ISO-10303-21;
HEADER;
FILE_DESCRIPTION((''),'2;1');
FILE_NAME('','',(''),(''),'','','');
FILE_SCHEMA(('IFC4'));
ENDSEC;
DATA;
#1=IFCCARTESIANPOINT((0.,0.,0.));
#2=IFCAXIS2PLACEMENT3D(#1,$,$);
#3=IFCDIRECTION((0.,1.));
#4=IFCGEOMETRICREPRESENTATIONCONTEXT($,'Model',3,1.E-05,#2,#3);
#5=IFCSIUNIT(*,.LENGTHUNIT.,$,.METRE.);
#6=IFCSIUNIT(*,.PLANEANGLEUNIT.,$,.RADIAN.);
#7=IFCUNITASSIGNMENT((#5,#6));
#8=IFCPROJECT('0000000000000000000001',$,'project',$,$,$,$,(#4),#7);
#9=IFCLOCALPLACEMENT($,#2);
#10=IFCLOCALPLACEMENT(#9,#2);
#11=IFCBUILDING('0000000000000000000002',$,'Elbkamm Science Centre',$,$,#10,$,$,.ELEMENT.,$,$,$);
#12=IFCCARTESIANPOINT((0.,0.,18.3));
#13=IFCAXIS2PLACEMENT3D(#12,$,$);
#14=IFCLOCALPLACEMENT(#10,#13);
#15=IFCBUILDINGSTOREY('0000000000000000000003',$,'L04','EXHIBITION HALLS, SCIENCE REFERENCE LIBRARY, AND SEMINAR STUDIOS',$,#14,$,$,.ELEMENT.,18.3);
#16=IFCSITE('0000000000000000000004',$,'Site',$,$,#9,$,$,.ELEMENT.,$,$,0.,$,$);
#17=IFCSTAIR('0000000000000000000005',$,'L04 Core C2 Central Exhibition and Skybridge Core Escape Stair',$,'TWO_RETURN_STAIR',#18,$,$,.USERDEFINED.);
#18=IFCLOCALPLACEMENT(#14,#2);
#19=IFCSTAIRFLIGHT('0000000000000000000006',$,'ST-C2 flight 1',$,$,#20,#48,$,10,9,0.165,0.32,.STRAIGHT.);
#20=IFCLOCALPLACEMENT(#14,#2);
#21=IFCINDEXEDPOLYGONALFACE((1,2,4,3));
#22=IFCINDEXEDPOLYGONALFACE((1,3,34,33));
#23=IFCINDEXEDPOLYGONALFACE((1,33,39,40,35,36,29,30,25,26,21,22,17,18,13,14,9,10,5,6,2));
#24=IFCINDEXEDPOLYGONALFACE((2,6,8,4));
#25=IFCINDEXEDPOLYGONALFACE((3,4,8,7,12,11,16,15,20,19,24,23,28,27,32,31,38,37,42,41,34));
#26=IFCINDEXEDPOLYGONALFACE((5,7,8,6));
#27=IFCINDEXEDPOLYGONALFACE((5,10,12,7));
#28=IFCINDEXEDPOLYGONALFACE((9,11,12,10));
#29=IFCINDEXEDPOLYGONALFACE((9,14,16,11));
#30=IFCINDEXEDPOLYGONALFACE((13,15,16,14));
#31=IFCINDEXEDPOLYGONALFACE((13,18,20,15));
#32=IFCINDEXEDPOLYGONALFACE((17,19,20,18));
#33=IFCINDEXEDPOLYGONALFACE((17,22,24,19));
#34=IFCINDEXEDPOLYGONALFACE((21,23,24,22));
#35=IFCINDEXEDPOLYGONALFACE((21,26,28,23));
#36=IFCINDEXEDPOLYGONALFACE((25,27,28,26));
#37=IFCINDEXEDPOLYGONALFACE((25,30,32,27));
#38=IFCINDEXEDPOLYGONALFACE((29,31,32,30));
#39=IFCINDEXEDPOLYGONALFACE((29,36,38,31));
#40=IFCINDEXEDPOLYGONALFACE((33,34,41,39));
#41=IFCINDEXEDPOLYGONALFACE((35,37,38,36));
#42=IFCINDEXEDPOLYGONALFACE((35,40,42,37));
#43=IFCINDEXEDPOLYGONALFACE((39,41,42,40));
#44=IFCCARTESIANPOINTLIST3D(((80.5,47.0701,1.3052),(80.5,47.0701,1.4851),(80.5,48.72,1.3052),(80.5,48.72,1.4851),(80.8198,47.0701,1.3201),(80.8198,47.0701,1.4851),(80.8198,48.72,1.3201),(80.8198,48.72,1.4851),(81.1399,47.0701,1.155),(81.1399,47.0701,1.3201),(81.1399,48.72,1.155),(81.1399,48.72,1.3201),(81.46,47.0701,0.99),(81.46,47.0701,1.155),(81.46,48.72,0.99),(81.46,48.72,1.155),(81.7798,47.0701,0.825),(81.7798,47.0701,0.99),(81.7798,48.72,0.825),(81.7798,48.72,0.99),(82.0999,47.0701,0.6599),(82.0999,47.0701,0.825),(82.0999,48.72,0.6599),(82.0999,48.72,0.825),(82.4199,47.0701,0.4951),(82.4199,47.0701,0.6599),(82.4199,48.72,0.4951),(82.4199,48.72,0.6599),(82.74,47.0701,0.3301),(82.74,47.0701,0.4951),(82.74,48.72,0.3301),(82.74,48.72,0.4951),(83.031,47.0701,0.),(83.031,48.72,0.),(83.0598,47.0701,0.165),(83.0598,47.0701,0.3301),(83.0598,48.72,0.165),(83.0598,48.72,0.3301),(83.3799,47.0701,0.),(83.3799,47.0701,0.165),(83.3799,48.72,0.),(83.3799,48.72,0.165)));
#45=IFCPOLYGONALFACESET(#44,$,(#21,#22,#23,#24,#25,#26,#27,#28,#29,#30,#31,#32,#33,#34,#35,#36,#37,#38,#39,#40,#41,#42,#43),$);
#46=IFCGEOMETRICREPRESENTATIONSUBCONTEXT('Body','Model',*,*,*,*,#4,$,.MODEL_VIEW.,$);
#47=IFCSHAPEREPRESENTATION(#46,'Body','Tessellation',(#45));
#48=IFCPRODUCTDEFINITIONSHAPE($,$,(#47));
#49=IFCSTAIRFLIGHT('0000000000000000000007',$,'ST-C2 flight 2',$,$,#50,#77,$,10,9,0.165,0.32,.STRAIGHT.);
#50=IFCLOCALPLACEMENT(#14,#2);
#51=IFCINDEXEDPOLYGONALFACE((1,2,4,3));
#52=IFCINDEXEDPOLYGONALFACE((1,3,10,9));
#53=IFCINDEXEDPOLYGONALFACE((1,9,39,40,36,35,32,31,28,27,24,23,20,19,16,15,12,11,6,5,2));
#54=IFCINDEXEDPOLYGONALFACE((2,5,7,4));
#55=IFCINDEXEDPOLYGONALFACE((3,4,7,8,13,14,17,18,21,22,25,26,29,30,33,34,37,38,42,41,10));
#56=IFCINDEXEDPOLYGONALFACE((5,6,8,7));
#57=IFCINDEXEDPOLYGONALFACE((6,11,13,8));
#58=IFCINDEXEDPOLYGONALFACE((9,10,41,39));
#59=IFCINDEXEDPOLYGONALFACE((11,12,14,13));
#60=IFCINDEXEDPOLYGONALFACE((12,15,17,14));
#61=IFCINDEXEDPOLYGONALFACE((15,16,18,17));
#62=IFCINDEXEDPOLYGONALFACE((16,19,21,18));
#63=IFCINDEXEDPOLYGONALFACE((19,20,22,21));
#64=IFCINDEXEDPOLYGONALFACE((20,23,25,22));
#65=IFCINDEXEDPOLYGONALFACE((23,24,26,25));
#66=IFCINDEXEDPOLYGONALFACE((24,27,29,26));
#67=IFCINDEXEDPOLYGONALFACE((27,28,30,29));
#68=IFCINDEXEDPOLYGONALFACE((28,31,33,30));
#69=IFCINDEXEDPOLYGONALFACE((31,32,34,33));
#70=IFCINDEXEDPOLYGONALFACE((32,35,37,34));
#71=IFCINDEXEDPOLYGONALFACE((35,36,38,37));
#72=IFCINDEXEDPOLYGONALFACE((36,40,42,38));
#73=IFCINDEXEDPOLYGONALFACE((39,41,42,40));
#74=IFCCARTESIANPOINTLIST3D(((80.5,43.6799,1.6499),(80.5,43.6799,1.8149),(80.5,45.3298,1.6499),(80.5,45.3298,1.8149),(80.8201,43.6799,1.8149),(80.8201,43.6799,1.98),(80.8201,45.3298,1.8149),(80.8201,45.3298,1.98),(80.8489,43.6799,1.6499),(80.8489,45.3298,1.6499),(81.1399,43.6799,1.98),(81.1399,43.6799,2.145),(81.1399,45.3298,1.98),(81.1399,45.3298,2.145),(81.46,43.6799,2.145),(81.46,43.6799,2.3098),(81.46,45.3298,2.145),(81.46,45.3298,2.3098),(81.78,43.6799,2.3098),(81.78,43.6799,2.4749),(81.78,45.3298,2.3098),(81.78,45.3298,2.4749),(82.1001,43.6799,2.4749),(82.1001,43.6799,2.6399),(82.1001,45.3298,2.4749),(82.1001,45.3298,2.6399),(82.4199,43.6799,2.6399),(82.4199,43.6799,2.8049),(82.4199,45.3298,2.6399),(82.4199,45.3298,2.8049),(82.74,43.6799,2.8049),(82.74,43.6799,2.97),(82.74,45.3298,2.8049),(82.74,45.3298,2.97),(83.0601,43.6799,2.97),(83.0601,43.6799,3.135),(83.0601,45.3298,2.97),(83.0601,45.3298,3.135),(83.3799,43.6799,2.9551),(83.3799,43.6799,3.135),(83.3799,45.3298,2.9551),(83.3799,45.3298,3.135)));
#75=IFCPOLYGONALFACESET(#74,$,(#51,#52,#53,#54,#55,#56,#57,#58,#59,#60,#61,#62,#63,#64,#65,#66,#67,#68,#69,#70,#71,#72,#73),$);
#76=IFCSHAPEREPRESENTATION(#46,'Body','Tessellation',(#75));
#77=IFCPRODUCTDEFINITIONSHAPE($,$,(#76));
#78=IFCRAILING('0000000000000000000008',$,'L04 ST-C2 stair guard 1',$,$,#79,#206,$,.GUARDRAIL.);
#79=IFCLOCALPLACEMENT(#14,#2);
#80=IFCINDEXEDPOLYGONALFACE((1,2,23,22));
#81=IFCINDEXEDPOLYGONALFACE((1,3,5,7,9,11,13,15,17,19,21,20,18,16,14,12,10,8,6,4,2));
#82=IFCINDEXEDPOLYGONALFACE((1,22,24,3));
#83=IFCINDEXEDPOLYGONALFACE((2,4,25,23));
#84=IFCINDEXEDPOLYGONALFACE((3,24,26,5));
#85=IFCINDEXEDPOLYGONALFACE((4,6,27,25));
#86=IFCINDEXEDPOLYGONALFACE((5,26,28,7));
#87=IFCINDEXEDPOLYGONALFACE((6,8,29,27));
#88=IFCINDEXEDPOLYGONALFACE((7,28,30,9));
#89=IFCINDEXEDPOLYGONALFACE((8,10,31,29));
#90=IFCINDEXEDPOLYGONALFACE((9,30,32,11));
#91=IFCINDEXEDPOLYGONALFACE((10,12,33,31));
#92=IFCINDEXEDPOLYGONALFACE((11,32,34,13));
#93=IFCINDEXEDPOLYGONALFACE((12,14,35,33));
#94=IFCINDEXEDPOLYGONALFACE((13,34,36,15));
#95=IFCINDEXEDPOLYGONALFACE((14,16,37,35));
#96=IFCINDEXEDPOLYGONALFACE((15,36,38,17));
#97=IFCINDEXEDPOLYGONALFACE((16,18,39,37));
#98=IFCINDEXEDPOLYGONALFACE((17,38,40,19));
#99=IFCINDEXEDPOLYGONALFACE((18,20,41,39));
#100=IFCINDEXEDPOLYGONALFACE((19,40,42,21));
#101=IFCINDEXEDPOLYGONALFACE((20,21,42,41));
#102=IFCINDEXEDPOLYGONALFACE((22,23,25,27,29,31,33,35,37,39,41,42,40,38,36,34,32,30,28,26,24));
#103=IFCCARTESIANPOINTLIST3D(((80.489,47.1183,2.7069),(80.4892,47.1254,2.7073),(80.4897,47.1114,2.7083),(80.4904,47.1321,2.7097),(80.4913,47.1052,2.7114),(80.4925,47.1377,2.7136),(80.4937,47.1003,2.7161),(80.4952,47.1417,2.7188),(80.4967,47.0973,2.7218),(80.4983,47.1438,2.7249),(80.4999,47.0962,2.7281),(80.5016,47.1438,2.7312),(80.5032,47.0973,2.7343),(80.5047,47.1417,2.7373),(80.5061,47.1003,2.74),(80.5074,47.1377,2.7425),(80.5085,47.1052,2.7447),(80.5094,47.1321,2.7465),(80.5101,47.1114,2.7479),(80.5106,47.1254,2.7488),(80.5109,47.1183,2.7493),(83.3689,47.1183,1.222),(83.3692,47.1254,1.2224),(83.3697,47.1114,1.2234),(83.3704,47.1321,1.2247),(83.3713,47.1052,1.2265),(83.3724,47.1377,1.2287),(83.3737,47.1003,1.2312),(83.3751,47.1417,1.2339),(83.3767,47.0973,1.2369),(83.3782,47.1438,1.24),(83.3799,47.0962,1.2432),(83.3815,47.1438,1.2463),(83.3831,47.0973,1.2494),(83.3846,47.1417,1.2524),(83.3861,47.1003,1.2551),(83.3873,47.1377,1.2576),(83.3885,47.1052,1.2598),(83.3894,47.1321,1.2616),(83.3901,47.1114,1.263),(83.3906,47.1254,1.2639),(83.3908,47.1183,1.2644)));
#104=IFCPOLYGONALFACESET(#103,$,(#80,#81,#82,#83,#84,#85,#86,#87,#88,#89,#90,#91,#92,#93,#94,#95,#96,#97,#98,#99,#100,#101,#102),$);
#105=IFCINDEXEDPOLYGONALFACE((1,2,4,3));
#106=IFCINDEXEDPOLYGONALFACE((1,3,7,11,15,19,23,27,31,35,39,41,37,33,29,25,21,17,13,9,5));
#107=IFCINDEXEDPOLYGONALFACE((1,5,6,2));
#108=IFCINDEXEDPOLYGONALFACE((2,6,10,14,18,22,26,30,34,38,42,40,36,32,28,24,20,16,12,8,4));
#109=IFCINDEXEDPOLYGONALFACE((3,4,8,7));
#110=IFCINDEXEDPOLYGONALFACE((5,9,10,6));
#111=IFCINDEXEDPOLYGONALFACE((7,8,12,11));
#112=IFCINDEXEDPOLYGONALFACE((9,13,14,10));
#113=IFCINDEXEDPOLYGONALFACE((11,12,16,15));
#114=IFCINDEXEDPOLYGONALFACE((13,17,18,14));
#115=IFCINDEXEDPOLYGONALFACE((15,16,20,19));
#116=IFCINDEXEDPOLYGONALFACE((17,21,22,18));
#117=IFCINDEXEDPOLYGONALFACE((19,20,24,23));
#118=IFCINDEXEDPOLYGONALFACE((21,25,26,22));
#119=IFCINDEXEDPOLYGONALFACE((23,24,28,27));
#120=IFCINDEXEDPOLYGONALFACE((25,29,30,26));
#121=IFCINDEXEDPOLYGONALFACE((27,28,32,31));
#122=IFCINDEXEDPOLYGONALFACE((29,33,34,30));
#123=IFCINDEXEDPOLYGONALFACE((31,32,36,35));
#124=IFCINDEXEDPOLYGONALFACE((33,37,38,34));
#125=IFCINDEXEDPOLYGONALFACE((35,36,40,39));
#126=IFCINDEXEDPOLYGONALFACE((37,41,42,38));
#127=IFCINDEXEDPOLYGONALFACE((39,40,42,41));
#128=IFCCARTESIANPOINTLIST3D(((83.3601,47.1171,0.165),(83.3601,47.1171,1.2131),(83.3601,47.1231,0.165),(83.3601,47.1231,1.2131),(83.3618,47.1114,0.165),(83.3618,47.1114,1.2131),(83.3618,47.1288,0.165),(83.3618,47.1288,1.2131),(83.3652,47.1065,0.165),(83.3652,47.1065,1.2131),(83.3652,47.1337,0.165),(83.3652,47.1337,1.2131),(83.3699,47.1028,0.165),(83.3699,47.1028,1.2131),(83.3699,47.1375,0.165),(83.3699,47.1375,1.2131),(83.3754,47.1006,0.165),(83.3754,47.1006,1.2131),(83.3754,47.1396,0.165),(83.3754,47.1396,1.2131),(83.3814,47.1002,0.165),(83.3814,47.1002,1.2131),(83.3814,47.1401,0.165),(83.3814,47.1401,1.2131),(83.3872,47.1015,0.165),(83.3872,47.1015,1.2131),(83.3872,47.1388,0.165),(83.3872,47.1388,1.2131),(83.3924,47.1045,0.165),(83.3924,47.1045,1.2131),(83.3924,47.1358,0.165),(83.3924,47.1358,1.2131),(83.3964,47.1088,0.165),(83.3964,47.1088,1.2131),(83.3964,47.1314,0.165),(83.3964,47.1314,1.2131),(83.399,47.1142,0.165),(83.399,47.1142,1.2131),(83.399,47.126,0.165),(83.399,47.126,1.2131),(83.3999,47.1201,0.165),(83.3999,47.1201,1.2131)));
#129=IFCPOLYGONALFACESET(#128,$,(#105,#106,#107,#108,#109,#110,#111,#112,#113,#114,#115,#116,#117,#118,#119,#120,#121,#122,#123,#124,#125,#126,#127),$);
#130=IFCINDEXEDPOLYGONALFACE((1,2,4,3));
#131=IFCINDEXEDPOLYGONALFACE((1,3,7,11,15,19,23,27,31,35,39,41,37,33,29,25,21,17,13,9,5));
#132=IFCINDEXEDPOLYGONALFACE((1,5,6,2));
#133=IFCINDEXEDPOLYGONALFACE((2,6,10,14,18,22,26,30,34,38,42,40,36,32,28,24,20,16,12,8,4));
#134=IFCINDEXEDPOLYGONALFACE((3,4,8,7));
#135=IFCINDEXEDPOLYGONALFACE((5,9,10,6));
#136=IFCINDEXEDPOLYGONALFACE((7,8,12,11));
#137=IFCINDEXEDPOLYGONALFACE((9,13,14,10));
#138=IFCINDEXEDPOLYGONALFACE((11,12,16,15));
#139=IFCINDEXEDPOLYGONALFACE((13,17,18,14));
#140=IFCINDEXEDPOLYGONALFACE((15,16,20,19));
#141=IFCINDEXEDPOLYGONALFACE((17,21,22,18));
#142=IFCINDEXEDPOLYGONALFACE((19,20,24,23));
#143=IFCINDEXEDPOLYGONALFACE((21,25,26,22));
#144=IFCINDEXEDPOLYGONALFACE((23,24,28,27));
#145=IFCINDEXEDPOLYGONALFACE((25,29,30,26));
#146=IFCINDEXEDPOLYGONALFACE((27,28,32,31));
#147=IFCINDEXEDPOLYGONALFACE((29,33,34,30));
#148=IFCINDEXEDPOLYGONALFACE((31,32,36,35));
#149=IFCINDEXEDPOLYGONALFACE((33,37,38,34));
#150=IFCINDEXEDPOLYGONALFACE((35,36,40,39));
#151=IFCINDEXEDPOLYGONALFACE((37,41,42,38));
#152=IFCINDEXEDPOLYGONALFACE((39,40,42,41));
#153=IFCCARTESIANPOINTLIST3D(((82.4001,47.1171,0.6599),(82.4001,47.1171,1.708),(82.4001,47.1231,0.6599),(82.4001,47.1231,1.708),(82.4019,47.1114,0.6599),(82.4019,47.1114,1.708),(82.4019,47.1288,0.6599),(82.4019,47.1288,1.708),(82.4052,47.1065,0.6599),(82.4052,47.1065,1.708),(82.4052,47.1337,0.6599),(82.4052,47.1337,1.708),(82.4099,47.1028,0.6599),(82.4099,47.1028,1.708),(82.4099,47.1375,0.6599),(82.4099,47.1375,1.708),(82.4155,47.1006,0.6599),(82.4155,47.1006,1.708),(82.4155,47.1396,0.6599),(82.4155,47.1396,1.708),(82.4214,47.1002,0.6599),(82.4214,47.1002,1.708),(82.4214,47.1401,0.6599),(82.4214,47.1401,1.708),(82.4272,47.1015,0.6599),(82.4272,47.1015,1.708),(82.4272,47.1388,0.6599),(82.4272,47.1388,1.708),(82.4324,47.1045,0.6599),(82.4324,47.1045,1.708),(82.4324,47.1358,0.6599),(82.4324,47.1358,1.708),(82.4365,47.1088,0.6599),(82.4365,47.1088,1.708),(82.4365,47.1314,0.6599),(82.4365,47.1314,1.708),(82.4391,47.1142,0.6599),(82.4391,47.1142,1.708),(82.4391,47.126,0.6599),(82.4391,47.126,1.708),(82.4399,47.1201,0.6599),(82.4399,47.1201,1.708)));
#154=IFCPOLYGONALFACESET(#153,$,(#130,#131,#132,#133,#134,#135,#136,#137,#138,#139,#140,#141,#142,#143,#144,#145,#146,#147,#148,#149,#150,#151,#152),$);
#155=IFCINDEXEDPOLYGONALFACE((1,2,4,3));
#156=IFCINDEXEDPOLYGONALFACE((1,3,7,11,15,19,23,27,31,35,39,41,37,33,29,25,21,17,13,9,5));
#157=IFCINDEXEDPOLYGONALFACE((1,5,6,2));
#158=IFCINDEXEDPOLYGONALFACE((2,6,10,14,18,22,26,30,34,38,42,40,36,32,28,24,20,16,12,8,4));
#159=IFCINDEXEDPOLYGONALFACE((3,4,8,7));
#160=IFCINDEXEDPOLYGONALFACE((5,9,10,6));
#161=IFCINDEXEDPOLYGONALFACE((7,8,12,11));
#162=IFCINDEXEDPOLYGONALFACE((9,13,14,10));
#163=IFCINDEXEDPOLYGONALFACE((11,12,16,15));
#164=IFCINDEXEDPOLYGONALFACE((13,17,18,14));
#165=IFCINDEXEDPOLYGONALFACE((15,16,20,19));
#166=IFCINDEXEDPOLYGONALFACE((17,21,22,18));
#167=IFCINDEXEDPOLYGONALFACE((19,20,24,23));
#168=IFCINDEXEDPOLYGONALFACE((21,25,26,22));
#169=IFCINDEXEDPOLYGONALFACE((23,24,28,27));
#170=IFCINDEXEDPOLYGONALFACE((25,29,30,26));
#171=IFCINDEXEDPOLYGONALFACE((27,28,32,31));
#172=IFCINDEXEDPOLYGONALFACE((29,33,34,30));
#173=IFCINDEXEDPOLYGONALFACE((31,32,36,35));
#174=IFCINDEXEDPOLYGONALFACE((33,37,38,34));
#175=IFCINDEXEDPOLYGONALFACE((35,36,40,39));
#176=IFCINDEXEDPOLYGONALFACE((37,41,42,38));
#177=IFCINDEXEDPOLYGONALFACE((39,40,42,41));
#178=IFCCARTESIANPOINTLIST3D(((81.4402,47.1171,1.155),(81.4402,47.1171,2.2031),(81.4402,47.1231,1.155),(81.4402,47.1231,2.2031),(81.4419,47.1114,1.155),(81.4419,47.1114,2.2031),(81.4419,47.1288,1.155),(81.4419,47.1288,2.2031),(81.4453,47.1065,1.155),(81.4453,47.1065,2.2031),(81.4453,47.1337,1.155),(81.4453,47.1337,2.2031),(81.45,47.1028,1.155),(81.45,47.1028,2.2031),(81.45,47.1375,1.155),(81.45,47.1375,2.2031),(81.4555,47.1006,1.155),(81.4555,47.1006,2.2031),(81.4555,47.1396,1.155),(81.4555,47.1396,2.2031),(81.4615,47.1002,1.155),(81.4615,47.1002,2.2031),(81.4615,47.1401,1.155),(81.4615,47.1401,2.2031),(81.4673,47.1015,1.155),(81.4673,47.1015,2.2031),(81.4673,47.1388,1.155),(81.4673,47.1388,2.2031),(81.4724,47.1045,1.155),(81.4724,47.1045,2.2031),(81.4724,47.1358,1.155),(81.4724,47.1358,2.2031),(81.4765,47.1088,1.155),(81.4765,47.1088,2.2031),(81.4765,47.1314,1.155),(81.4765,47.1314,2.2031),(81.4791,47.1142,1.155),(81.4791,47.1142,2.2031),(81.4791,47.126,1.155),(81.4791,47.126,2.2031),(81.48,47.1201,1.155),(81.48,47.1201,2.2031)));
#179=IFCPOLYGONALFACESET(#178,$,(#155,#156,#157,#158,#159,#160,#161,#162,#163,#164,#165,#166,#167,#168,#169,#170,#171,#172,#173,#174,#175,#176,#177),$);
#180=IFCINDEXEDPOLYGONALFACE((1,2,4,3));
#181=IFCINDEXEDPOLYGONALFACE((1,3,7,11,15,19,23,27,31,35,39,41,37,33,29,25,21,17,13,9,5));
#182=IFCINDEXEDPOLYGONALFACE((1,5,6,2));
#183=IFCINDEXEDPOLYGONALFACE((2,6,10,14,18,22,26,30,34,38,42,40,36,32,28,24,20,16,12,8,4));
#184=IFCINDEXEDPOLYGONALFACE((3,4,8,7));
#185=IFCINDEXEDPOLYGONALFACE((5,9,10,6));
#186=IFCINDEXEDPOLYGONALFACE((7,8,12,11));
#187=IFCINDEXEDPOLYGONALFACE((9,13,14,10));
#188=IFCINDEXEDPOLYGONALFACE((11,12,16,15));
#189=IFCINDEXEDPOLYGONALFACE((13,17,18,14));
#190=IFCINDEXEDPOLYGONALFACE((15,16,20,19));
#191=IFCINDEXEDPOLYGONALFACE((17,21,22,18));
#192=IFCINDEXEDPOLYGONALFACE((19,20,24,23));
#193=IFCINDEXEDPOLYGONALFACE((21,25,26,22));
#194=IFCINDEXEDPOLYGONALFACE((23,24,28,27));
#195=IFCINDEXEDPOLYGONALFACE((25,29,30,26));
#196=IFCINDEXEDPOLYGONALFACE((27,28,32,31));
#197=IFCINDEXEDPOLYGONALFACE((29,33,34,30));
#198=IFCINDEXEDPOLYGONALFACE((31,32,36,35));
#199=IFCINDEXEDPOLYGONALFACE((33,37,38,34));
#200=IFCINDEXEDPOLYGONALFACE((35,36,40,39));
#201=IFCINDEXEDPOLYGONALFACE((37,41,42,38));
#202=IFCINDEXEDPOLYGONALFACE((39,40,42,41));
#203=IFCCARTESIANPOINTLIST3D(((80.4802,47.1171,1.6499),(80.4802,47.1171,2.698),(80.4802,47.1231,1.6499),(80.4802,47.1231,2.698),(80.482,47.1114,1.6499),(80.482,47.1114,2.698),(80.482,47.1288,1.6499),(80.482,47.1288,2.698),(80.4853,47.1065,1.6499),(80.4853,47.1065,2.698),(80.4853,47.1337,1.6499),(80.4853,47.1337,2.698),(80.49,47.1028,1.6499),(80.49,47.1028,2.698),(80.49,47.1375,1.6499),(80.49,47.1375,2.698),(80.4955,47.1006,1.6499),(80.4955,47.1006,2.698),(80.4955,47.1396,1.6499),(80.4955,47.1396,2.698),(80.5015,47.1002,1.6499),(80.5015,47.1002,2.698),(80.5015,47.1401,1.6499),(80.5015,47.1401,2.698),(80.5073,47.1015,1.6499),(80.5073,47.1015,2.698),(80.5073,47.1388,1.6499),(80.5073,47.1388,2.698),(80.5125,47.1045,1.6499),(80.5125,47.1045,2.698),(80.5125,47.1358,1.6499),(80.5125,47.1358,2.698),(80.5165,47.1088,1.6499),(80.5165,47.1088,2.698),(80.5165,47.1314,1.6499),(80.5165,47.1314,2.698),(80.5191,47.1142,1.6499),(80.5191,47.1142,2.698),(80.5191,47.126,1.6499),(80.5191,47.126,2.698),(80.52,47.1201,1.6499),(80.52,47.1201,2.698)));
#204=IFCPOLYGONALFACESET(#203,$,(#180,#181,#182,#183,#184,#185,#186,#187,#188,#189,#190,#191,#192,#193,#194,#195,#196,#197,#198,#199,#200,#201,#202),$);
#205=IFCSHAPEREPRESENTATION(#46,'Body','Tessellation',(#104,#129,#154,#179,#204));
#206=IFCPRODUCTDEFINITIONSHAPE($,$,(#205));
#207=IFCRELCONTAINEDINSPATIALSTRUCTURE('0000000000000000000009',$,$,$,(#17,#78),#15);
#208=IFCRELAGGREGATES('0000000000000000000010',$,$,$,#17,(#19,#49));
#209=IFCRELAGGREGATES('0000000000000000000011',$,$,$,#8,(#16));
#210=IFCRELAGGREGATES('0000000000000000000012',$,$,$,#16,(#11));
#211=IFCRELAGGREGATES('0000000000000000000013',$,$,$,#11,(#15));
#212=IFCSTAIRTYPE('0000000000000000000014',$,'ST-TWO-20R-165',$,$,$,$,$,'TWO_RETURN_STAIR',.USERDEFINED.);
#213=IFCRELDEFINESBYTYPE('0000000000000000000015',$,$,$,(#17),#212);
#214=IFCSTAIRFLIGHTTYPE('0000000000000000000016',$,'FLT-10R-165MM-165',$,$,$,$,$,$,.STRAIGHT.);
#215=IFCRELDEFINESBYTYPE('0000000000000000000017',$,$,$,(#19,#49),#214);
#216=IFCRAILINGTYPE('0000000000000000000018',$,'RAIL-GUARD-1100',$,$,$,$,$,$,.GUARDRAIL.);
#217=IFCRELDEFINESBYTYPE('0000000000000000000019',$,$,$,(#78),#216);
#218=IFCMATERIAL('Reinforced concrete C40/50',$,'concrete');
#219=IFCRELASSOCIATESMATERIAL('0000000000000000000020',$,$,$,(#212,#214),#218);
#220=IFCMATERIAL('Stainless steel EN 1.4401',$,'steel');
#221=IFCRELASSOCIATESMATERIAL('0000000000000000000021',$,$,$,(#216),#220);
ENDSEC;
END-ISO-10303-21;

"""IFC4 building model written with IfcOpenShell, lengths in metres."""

from ifc_helpers import new_model, si_unit, direction, frame, origin, origin_2d, place, context, subcontext, project, spatial, polyline, circle, outline, extrude, material, type_object, element, aggregate, save


model = new_model("IFC4")

# Units and contexts
model_context = context("Model", 3, precision=1e-05, world=origin(), true_north=direction((0.0, 1.0)))
body_context = subcontext(model_context, "Body", "Model", "MODEL_VIEW")
ifc_project = project(units=[si_unit("LENGTHUNIT", "METRE"), si_unit("PLANEANGLEUNIT", "RADIAN")], contexts=[model_context])

# Site, building, storey
site_placement = place(None, origin())
site = spatial("IfcSite", under=ifc_project, at=site_placement, Name="Site", CompositionType="ELEMENT", RefElevation=0.0)
building_placement = place(site_placement, origin())
building = spatial("IfcBuilding", under=site, at=building_placement, Name="Elbkamm Science Centre", CompositionType="ELEMENT")
storey_placement = place(building_placement, frame((0.0, 0.0, 18.3)))
storey = spatial("IfcBuildingStorey", under=building, at=storey_placement, Name="L04", Description="EXHIBITION HALLS, SCIENCE REFERENCE LIBRARY, AND SEMINAR STUDIOS", CompositionType="ELEMENT", Elevation=18.3)

# Shared definitions
ifc_material_1 = material(Name="Reinforced concrete C40/50", Category="concrete")

# Stair, stair flights
stair_type = type_object("IfcStairType", Name="ST-TWO-20R-165", ElementType="TWO_RETURN_STAIR", PredefinedType="USERDEFINED", material=ifc_material_1)
stair_placement = place(storey_placement, origin())
stair = element("IfcStair", 1, at=stair_placement, inside=storey, type_object=stair_type, Name="L04 Core C2 Central Exhibition and Skybridge Core Escape Stair", ObjectType="TWO_RETURN_STAIR", PredefinedType="USERDEFINED")
stair_flight_type = type_object("IfcStairFlightType", Name="FLT-10R-165MM-165", PredefinedType="STRAIGHT", material=ifc_material_1)
stair_flight_1_placement = place(storey_placement, frame((83.3799, 47.895, 0.0), z_axis=(0.0, 0.0, 1.0), x_axis=(-1.0, 0.0, 0.0)))
stair_flight_1 = element("IfcStairFlight", 2, at=stair_flight_1_placement, type_object=stair_flight_type, Name="ST-C2 flight 1", NumberOfRisers=10, NumberOfTreads=9, PredefinedType="STRAIGHT", RiserHeight=0.165, TreadLength=0.32, context=body_context, shape_type="SweptSolid", body=[
    extrude(outline(polyline([(0.0, 0.0), (0.0, 0.165), (0.3201, 0.165), (0.3201, 0.3301), (0.6399, 0.3301), (0.6399, 0.4951), (0.96, 0.4951), (0.96, 0.6599), (1.28, 0.6599), (1.28, 0.825), (1.6001, 0.825), (1.6001, 0.99), (1.9199, 0.99), (1.9199, 1.155), (2.24, 1.155), (2.24, 1.3201), (2.5601, 1.3201), (2.5601, 1.4851), (2.8799, 1.4851), (2.8799, 1.6499), (2.8799, 1.3052), (0.3489, 0.0), (0.0, 0.0)])), frame((0.0, 0.825, 0.0), z_axis=(0.0, -1.0, 0.0), x_axis=(1.0, 0.0, 0.0)), (0.0, 0.0, 1.0), 1.6499),
])
stair_flight_2_placement = place(storey_placement, frame((80.5, 44.5049, 1.6499), z_axis=(0.0, 0.0, 1.0), x_axis=(1.0, 0.0, 0.0)))
stair_flight_2 = element("IfcStairFlight", 3, at=stair_flight_2_placement, type_object=stair_flight_type, Name="ST-C2 flight 2", NumberOfRisers=10, NumberOfTreads=9, PredefinedType="STRAIGHT", RiserHeight=0.165, TreadLength=0.32, context=body_context, shape_type="SweptSolid", body=[
    extrude(outline(polyline([(0.0, 0.0), (0.0, 0.165), (0.3201, 0.165), (0.3201, 0.3301), (0.6399, 0.3301), (0.6399, 0.4951), (0.96, 0.4951), (0.96, 0.6599), (1.28, 0.6599), (1.28, 0.825), (1.6001, 0.825), (1.6001, 0.99), (1.9199, 0.99), (1.9199, 1.155), (2.24, 1.155), (2.24, 1.3201), (2.5601, 1.3201), (2.5601, 1.4851), (2.8799, 1.4851), (2.8799, 1.6499), (2.8799, 1.3052), (0.3489, 0.0), (0.0, 0.0)])), frame((0.0, 0.825, 0.0), z_axis=(0.0, -1.0, 0.0), x_axis=(1.0, 0.0, 0.0)), (0.0, 0.0, 1.0), 1.6499),
])
aggregate(stair, [stair_flight_1, stair_flight_2])

# Railing
ifc_material_2 = material(Name="Stainless steel EN 1.4401", Category="steel")
railing_type_1 = type_object("IfcRailingType", Name="RAIL-GUARD-1100", PredefinedType="GUARDRAIL", material=ifc_material_2)
railing_1_placement = place(storey_placement, frame((83.3799, 47.1201, 0.165)))
element("IfcRailing", 4, at=railing_1_placement, inside=storey, type_object=railing_type_1, Name="L04 ST-C2 stair guard 1", PredefinedType="GUARDRAIL", context=body_context, shape_type="SweptSolid", body=[
    extrude(circle(Radius=0.0239, at=origin_2d()), frame((0.0, 0.0, 1.0781), z_axis=(-0.888813, 0.0, 0.458271), x_axis=(0.0, -1.0, 0.0)), (0.0, 0.0, 1.0), 3.2402),
    extrude(circle(Radius=0.02, at=origin_2d()), origin(), (0.0, 0.0, 1.0), 1.0481),
    extrude(circle(Radius=0.02, at=origin_2d()), frame((-0.96, 0.0, 0.4949)), (0.0, 0.0, 1.0), 1.0481),
    extrude(circle(Radius=0.02, at=origin_2d()), frame((-1.9199, 0.0, 0.99)), (0.0, 0.0, 1.0), 1.0481),
    extrude(circle(Radius=0.02, at=origin_2d()), frame((-2.8799, 0.0, 1.4849)), (0.0, 0.0, 1.0), 1.0481),
])

save(model, "model.ifc")
